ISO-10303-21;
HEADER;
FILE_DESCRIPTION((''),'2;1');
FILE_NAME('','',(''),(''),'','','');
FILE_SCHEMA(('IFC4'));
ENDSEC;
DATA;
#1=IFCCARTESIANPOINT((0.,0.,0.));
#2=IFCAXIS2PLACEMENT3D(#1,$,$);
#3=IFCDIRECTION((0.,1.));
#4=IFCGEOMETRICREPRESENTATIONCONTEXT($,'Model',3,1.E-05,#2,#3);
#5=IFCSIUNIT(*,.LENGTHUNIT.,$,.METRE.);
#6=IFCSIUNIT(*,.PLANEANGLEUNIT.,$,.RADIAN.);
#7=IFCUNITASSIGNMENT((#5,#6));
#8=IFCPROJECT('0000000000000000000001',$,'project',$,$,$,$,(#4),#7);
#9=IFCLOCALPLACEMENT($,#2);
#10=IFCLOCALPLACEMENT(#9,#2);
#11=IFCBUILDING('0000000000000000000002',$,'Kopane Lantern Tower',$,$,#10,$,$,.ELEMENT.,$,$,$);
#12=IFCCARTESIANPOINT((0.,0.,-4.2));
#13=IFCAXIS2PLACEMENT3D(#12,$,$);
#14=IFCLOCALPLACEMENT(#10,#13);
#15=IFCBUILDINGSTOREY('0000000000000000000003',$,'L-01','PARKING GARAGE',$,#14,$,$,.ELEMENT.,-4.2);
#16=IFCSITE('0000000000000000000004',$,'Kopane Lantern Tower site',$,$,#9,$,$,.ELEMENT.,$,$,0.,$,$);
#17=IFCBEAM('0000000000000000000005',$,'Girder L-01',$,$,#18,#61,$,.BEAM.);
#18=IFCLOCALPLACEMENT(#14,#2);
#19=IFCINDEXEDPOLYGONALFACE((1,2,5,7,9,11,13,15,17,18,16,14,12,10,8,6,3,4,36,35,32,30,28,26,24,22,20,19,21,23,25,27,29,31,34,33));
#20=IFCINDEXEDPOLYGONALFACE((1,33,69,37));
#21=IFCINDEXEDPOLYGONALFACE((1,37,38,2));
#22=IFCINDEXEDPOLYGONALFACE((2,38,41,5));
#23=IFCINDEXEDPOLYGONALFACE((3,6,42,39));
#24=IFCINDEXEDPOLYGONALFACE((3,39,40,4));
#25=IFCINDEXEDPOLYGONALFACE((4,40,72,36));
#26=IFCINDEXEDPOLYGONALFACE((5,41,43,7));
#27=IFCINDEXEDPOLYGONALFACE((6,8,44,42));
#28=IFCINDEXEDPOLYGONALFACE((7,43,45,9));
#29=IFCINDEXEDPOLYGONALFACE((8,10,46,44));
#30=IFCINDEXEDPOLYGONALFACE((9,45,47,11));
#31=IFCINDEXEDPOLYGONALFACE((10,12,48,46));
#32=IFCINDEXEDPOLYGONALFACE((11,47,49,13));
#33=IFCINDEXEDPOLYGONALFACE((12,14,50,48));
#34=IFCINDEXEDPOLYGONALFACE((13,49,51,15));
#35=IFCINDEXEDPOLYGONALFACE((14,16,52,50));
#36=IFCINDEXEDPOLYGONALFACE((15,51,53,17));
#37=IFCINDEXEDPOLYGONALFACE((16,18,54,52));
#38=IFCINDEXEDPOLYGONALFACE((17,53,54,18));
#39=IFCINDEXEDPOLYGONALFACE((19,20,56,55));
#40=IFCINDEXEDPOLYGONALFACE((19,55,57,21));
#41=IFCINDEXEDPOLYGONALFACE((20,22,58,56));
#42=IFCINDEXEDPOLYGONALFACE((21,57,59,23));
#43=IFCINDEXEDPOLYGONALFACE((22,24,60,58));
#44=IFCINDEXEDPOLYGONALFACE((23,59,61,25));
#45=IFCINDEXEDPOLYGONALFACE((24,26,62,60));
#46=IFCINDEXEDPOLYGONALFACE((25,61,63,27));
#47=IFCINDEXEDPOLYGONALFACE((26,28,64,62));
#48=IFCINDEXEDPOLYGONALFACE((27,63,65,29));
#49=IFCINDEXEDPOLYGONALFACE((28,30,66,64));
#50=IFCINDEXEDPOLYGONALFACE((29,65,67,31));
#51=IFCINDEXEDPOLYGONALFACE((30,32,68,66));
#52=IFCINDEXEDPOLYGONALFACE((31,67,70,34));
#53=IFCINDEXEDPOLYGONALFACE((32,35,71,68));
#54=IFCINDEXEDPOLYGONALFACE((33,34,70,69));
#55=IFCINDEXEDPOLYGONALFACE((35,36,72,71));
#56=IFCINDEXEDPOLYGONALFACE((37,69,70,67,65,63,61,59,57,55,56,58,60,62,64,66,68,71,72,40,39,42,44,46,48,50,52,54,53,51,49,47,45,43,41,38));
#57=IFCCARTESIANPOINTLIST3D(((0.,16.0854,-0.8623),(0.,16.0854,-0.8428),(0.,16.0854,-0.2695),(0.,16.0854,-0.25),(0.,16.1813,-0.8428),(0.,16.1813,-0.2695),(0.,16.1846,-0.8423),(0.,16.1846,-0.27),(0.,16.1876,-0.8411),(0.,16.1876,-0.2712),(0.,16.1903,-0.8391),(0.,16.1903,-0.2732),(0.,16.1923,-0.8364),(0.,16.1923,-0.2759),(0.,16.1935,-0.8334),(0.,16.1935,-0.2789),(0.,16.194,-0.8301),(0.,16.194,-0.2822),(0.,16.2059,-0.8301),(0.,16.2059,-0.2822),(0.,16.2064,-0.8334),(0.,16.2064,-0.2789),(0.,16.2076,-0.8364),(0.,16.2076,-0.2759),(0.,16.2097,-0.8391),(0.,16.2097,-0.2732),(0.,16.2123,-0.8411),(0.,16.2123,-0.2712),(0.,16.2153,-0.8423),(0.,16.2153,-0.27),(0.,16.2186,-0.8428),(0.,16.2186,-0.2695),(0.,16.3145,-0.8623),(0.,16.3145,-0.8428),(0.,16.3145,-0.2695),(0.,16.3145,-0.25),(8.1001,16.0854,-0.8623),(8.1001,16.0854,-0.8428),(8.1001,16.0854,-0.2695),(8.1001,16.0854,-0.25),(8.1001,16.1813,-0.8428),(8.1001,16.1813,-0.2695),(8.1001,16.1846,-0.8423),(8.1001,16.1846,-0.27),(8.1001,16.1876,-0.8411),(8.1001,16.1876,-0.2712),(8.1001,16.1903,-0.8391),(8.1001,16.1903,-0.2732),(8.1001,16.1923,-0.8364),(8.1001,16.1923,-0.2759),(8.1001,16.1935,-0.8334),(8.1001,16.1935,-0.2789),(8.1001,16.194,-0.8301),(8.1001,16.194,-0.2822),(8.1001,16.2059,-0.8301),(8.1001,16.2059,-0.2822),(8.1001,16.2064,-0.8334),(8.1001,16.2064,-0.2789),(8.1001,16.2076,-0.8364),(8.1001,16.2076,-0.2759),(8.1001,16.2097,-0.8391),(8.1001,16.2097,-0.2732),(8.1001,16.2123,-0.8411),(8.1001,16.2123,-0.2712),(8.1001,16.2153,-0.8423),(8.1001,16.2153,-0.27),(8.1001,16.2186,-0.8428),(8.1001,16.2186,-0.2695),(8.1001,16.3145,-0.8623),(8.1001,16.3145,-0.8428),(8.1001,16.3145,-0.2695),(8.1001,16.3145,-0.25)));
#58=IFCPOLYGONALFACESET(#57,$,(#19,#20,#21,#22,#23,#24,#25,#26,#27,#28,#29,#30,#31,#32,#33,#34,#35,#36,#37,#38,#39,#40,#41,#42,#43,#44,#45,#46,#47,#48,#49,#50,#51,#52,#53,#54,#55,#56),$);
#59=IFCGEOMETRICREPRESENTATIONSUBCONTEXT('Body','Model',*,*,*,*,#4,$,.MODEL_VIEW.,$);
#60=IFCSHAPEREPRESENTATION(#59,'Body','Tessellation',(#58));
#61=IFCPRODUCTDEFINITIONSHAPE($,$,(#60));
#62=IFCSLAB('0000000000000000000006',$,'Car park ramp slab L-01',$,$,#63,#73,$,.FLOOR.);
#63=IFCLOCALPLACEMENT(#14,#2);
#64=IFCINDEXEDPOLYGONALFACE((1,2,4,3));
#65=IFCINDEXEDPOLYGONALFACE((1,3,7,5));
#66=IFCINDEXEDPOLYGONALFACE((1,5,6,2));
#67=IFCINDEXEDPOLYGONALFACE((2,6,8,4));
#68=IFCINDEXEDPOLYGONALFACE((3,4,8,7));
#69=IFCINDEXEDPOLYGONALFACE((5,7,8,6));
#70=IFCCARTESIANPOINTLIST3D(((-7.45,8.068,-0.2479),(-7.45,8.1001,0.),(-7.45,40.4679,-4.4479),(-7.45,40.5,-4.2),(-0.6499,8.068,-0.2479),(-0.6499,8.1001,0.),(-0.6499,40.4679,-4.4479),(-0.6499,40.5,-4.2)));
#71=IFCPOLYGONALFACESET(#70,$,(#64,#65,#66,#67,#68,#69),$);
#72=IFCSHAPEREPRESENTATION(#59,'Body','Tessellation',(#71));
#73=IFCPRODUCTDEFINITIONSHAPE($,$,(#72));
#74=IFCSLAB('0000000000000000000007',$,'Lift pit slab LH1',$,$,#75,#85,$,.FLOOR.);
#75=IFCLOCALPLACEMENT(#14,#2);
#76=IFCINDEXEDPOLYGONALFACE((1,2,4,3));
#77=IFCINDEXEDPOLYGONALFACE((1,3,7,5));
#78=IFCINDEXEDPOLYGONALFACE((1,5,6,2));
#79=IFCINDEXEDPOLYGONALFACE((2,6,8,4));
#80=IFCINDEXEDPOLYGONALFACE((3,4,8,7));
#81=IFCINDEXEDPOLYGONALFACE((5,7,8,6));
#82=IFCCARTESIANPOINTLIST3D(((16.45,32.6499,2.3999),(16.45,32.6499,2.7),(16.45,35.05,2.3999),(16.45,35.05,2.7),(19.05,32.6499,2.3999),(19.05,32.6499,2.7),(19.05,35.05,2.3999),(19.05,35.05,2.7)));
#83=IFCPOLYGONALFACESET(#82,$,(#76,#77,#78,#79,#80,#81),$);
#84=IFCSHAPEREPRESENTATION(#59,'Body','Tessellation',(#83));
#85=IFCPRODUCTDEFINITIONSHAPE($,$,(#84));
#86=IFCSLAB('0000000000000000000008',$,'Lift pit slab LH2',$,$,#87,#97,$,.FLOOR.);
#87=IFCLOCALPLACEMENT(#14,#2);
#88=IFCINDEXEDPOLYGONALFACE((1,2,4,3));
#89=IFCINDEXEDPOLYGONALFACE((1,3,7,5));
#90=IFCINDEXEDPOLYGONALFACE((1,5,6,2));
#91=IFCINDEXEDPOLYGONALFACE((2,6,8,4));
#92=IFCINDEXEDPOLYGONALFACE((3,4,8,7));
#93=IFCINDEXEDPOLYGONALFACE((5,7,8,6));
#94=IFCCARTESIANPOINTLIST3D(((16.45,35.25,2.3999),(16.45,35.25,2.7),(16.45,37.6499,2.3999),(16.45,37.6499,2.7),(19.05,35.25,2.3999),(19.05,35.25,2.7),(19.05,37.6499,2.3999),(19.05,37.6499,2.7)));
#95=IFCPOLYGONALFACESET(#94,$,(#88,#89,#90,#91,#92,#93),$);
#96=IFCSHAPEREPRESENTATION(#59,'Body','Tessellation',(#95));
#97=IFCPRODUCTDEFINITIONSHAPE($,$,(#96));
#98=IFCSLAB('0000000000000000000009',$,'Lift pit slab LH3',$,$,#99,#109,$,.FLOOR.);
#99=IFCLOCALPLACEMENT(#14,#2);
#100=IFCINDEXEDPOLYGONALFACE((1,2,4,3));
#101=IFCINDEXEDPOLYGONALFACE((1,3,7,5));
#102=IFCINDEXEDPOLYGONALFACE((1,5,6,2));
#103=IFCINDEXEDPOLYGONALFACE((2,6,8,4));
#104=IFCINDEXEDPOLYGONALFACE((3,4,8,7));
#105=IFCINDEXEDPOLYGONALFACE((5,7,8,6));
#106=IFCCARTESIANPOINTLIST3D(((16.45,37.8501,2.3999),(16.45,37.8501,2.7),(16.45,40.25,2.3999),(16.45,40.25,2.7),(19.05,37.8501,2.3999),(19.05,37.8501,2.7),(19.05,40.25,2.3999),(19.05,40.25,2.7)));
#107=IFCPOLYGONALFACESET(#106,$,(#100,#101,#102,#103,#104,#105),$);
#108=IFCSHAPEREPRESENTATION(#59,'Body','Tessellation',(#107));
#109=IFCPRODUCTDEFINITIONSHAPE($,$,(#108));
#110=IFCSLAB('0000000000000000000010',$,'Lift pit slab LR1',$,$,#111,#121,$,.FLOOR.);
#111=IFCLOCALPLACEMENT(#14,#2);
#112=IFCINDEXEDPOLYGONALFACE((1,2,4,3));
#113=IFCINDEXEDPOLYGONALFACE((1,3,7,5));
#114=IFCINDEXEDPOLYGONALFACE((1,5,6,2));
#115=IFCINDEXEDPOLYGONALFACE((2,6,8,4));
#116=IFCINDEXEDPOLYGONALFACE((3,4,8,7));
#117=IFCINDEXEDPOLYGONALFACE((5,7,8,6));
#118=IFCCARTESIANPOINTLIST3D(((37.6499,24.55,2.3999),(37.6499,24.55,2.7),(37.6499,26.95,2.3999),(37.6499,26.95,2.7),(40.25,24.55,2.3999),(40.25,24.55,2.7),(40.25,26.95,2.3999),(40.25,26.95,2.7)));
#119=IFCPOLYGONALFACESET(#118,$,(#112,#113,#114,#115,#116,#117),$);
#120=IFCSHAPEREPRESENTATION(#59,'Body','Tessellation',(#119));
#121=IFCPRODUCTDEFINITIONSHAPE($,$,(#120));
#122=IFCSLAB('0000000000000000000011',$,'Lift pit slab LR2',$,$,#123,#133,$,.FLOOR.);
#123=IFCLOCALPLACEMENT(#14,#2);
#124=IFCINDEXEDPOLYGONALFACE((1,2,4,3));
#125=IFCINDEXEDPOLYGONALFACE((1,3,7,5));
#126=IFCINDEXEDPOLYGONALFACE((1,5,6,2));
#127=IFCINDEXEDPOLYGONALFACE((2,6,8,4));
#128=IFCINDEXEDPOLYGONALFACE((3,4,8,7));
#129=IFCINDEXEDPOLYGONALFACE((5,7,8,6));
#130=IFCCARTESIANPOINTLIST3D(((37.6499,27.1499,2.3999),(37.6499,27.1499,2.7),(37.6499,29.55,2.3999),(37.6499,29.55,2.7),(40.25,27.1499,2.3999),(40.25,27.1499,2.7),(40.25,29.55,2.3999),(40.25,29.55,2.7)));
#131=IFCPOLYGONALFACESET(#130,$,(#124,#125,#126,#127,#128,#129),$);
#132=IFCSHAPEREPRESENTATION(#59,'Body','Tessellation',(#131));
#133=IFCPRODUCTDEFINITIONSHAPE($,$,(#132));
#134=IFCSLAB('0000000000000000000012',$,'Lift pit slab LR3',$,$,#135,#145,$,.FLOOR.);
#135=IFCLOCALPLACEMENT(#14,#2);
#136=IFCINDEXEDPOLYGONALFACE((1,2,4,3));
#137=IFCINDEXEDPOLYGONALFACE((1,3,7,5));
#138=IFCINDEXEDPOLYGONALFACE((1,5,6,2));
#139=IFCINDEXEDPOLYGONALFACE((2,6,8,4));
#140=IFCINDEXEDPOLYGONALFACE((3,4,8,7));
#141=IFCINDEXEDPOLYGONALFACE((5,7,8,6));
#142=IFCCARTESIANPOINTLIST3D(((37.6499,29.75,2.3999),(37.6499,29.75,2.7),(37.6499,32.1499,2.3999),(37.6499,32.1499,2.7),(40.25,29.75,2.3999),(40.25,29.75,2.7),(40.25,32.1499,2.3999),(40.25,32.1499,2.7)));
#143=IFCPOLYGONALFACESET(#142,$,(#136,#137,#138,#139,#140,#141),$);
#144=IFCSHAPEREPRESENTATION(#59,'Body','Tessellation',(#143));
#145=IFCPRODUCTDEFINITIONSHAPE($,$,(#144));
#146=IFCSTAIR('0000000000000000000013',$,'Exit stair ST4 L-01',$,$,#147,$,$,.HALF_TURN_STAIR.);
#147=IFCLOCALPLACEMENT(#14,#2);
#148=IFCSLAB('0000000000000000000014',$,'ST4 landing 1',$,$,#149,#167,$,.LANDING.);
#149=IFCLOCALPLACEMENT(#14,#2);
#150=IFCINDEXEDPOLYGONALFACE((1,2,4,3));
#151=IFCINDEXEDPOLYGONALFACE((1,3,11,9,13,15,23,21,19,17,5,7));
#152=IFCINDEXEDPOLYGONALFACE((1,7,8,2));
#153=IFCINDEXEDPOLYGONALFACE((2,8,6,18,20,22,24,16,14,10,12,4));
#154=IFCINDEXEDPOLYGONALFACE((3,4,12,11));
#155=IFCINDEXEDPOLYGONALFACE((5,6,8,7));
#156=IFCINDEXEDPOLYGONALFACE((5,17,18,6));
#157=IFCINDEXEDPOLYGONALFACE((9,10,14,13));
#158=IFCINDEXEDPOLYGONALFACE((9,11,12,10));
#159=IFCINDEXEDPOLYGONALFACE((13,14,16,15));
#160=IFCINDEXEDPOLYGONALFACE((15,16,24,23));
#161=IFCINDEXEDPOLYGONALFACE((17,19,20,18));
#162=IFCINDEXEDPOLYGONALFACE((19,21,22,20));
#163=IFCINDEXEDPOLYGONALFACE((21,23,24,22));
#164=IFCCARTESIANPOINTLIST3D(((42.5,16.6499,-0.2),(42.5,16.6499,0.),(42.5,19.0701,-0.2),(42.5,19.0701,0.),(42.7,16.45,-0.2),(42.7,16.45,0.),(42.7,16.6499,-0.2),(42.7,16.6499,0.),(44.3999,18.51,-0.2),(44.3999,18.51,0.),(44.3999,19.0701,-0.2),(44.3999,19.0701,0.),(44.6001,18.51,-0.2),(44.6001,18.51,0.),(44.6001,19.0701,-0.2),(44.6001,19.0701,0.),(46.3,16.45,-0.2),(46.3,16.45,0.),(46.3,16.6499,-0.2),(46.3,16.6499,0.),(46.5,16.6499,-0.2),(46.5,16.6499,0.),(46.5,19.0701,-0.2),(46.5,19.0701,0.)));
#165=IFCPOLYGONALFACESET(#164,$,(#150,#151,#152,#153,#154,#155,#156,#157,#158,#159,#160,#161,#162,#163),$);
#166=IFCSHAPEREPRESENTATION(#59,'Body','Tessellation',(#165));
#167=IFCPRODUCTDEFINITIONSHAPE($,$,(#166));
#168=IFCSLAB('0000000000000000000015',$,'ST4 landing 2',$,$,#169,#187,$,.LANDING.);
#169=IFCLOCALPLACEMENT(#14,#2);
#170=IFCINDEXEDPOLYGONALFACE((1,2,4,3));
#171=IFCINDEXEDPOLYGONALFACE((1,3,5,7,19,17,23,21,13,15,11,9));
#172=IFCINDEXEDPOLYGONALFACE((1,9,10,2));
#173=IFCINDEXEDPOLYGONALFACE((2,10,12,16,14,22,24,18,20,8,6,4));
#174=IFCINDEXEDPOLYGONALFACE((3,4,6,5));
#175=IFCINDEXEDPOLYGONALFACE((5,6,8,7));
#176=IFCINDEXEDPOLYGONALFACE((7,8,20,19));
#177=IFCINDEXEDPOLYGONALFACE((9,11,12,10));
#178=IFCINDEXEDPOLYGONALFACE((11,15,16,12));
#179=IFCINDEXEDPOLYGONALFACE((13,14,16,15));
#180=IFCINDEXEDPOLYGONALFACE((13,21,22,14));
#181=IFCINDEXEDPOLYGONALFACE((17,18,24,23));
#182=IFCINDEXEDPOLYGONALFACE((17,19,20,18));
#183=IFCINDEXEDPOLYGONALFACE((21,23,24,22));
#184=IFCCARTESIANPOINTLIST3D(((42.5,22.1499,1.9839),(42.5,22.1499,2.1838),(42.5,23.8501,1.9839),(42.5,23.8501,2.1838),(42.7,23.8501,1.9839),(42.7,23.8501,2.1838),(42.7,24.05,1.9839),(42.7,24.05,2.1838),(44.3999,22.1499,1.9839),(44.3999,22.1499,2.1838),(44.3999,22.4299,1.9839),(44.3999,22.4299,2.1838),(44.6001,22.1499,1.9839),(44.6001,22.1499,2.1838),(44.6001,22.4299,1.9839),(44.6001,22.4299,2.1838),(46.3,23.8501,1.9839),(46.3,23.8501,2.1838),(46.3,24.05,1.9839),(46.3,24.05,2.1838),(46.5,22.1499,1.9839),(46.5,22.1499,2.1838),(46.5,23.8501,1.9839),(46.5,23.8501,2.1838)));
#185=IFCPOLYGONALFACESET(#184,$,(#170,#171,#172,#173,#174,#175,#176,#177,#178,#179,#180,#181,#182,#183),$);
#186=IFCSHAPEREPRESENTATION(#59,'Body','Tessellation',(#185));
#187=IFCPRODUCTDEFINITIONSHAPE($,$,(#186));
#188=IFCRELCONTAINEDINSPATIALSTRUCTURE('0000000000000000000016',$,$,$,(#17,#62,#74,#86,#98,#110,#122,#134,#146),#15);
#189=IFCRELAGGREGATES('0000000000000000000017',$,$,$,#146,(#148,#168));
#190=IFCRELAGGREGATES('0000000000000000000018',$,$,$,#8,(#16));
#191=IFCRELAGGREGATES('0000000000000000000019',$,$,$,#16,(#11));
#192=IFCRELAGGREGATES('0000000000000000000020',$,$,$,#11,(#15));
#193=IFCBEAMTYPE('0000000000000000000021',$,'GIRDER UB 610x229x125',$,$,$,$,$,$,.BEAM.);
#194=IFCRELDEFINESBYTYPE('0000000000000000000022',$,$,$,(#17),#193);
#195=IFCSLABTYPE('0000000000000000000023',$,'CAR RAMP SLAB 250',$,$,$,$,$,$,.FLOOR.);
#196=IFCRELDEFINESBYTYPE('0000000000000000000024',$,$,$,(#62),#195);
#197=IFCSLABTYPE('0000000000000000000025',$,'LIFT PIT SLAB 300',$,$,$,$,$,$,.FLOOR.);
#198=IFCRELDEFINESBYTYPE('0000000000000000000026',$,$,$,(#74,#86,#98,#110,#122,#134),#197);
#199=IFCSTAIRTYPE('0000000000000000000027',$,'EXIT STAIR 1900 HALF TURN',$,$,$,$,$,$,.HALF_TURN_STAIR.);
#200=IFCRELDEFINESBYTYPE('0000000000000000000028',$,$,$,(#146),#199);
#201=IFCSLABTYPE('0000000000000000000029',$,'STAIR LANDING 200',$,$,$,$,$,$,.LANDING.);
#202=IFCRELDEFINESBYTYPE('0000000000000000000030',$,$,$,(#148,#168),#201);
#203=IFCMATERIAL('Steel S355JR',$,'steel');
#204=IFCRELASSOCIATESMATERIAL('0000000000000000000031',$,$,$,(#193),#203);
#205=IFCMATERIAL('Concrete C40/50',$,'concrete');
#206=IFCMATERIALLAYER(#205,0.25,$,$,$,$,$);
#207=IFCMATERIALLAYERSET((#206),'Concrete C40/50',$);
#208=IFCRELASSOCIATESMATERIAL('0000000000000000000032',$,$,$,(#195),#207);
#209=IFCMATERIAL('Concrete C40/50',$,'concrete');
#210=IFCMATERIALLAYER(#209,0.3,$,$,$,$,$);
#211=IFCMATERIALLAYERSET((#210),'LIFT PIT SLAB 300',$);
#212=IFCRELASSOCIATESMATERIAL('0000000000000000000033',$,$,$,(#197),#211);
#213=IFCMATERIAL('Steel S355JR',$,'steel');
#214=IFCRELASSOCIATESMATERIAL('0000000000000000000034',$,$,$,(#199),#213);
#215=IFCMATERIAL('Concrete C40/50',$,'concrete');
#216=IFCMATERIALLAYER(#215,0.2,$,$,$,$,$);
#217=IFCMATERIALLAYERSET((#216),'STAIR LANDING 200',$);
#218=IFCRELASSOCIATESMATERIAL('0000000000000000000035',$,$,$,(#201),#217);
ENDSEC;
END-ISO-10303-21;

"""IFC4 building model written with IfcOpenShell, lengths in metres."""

from ifc_helpers import new_model, si_unit, direction, frame, origin, origin_2d, place, context, subcontext, project, spatial, polyline, i_section, outline, extrude, material, layer, layer_set, material_profile, profile_set, type_object, element, aggregate, save


model = new_model("IFC4")

# Units and contexts
model_context = context("Model", 3, precision=1e-05, world=origin(), true_north=direction((0.0, 1.0)))
body_context = subcontext(model_context, "Body", "Model", "MODEL_VIEW")
ifc_project = project(units=[si_unit("LENGTHUNIT", "METRE"), si_unit("PLANEANGLEUNIT", "RADIAN")], contexts=[model_context])

# Site, building, storey
site_placement = place(None, origin())
site = spatial("IfcSite", under=ifc_project, at=site_placement, Name="Kopane Lantern Tower site", CompositionType="ELEMENT", RefElevation=0.0)
building_placement = place(site_placement, origin())
building = spatial("IfcBuilding", under=site, at=building_placement, Name="Kopane Lantern Tower", CompositionType="ELEMENT")
storey_placement = place(building_placement, frame((0.0, 0.0, -4.2)))
storey = spatial("IfcBuildingStorey", under=building, at=storey_placement, Name="L-01", Description="PARKING GARAGE", CompositionType="ELEMENT", Elevation=-4.2)

# Beam
ifc_material_1 = material(Name="Steel S355JR", Category="steel")
ifc_material_profile_1 = material_profile(ifc_material_1, i_section(OverallWidth=0.229, OverallDepth=0.6123, WebThickness=0.012, FlangeThickness=0.0195, FilletRadius=0.0127, at=origin_2d()), Name="UB 610x229x125")
ifc_profile_set_1 = profile_set([ifc_material_profile_1], Name="Steel S355JR")
beam_type = type_object("IfcBeamType", Name="GIRDER UB 610x229x125", PredefinedType="BEAM", material=ifc_profile_set_1)
for number, where, z_axis, x_axis, name in (
    (1, (0.0, 16.2, -0.5562), (1.0, 0.0, 0.0), (0.0, 1.0, 0.0), "Girder L-01"),
):
    element("IfcBeam", number, at=place(storey_placement, frame(where, z_axis=z_axis, x_axis=x_axis)), inside=storey, type_object=beam_type, Name=name, PredefinedType="BEAM", context=body_context, shape_type="SweptSolid", body=[
        extrude(i_section(OverallWidth=0.229, OverallDepth=0.6123, WebThickness=0.012, FlangeThickness=0.0195, FilletRadius=0.0127, at=origin_2d()), origin(), (0.0, 0.0, 1.0), 8.1001),
    ])

# Slabs
ifc_material_2 = material(Name="Concrete C40/50", Category="concrete")
ifc_layer_1 = layer(ifc_material_2, 0.25)
ifc_layer_set_1 = layer_set([ifc_layer_1], Name="Concrete C40/50")
slab_type_1 = type_object("IfcSlabType", Name="CAR RAMP SLAB 250", PredefinedType="FLOOR", material=ifc_layer_set_1)
slab_1_placement = place(storey_placement, frame((-7.45, 8.1001, 0.0), z_axis=(0.0, 0.128553, 0.991703), x_axis=(1.0, 0.0, 0.0)))
element("IfcSlab", 2, at=slab_1_placement, inside=storey, type_object=slab_type_1, Name="Car park ramp slab L-01", PredefinedType="FLOOR", context=body_context, shape_type="SweptSolid", body=[
    extrude(outline(polyline([(0.0, 0.0), (6.8, 0.0), (6.8, 32.671), (0.0, 32.671), (0.0, 0.0)])), origin(), (0.0, 0.0, -1.0), 0.25),
])
ifc_material_3 = material(Name="Concrete C40/50", Category="concrete")
ifc_layer_2 = layer(ifc_material_3, 0.3)
ifc_layer_set_2 = layer_set([ifc_layer_2], Name="LIFT PIT SLAB 300")
slab_type_2 = type_object("IfcSlabType", Name="LIFT PIT SLAB 300", PredefinedType="FLOOR", material=ifc_layer_set_2)
slab_2_placement = place(storey_placement, frame((0.0, 0.0, 2.3999)))
element("IfcSlab", 3, at=slab_2_placement, inside=storey, type_object=slab_type_2, Name="Lift pit slab LH1", PredefinedType="FLOOR", context=body_context, shape_type="SweptSolid", body=[
    extrude(outline(polyline([(16.45, 32.6499), (19.05, 32.6499), (19.05, 35.05), (16.45, 35.05), (16.45, 32.6499)])), origin(), (0.0, 0.0, 1.0), 0.3),
])
slab_3_placement = place(storey_placement, frame((0.0, 0.0, 2.3999)))
element("IfcSlab", 4, at=slab_3_placement, inside=storey, type_object=slab_type_2, Name="Lift pit slab LH2", PredefinedType="FLOOR", context=body_context, shape_type="SweptSolid", body=[
    extrude(outline(polyline([(16.45, 35.25), (19.05, 35.25), (19.05, 37.6499), (16.45, 37.6499), (16.45, 35.25)])), origin(), (0.0, 0.0, 1.0), 0.3),
])
slab_4_placement = place(storey_placement, frame((0.0, 0.0, 2.3999)))
element("IfcSlab", 5, at=slab_4_placement, inside=storey, type_object=slab_type_2, Name="Lift pit slab LH3", PredefinedType="FLOOR", context=body_context, shape_type="SweptSolid", body=[
    extrude(outline(polyline([(16.45, 37.8501), (19.05, 37.8501), (19.05, 40.25), (16.45, 40.25), (16.45, 37.8501)])), origin(), (0.0, 0.0, 1.0), 0.3),
])
slab_5_placement = place(storey_placement, frame((0.0, 0.0, 2.3999)))
element("IfcSlab", 6, at=slab_5_placement, inside=storey, type_object=slab_type_2, Name="Lift pit slab LR1", PredefinedType="FLOOR", context=body_context, shape_type="SweptSolid", body=[
    extrude(outline(polyline([(37.6499, 24.55), (40.25, 24.55), (40.25, 26.95), (37.6499, 26.95), (37.6499, 24.55)])), origin(), (0.0, 0.0, 1.0), 0.3),
])
slab_6_placement = place(storey_placement, frame((0.0, 0.0, 2.3999)))
element("IfcSlab", 7, at=slab_6_placement, inside=storey, type_object=slab_type_2, Name="Lift pit slab LR2", PredefinedType="FLOOR", context=body_context, shape_type="SweptSolid", body=[
    extrude(outline(polyline([(37.6499, 27.1499), (40.25, 27.1499), (40.25, 29.55), (37.6499, 29.55), (37.6499, 27.1499)])), origin(), (0.0, 0.0, 1.0), 0.3),
])
slab_7_placement = place(storey_placement, frame((0.0, 0.0, 2.3999)))
element("IfcSlab", 8, at=slab_7_placement, inside=storey, type_object=slab_type_2, Name="Lift pit slab LR3", PredefinedType="FLOOR", context=body_context, shape_type="SweptSolid", body=[
    extrude(outline(polyline([(37.6499, 29.75), (40.25, 29.75), (40.25, 32.1499), (37.6499, 32.1499), (37.6499, 29.75)])), origin(), (0.0, 0.0, 1.0), 0.3),
])

# Stair, slabs
ifc_material_4 = material(Name="Steel S355JR", Category="steel")
stair_type = type_object("IfcStairType", Name="EXIT STAIR 1900 HALF TURN", PredefinedType="HALF_TURN_STAIR", material=ifc_material_4)
stair_placement = place(storey_placement, origin())
stair = element("IfcStair", 9, at=stair_placement, inside=storey, type_object=stair_type, Name="Exit stair ST4 L-01", PredefinedType="HALF_TURN_STAIR")
ifc_material_5 = material(Name="Concrete C40/50", Category="concrete")
ifc_layer_3 = layer(ifc_material_5, 0.2)
ifc_layer_set_3 = layer_set([ifc_layer_3], Name="STAIR LANDING 200")
slab_type_3 = type_object("IfcSlabType", Name="STAIR LANDING 200", PredefinedType="LANDING", material=ifc_layer_set_3)
slab_8_placement = place(storey_placement, frame((0.0, 0.0, -0.2)))
slab_8 = element("IfcSlab", 10, at=slab_8_placement, type_object=slab_type_3, Name="ST4 landing 1", PredefinedType="LANDING", context=body_context, shape_type="SweptSolid", body=[
    extrude(outline(polyline([(42.7, 16.6499), (42.7, 16.45), (46.3, 16.45), (46.3, 16.6499), (46.5, 16.6499), (46.5, 19.0701), (44.6001, 19.0701), (44.6001, 18.51), (44.3999, 18.51), (44.3999, 19.0701), (42.5, 19.0701), (42.5, 16.6499), (42.7, 16.6499)])), origin(), (0.0, 0.0, 1.0), 0.2),
])
slab_9_placement = place(storey_placement, frame((0.0, 0.0, 1.9839)))
slab_9 = element("IfcSlab", 11, at=slab_9_placement, type_object=slab_type_3, Name="ST4 landing 2", PredefinedType="LANDING", context=body_context, shape_type="SweptSolid", body=[
    extrude(outline(polyline([(42.7, 23.8501), (42.5, 23.8501), (42.5, 22.1499), (44.3999, 22.1499), (44.3999, 22.4299), (44.6001, 22.4299), (44.6001, 22.1499), (46.5, 22.1499), (46.5, 23.8501), (46.3, 23.8501), (46.3, 24.05), (42.7, 24.05), (42.7, 23.8501)])), origin(), (0.0, 0.0, 1.0), 0.2),
])
aggregate(stair, [slab_8, slab_9])

save(model, "model.ifc")
